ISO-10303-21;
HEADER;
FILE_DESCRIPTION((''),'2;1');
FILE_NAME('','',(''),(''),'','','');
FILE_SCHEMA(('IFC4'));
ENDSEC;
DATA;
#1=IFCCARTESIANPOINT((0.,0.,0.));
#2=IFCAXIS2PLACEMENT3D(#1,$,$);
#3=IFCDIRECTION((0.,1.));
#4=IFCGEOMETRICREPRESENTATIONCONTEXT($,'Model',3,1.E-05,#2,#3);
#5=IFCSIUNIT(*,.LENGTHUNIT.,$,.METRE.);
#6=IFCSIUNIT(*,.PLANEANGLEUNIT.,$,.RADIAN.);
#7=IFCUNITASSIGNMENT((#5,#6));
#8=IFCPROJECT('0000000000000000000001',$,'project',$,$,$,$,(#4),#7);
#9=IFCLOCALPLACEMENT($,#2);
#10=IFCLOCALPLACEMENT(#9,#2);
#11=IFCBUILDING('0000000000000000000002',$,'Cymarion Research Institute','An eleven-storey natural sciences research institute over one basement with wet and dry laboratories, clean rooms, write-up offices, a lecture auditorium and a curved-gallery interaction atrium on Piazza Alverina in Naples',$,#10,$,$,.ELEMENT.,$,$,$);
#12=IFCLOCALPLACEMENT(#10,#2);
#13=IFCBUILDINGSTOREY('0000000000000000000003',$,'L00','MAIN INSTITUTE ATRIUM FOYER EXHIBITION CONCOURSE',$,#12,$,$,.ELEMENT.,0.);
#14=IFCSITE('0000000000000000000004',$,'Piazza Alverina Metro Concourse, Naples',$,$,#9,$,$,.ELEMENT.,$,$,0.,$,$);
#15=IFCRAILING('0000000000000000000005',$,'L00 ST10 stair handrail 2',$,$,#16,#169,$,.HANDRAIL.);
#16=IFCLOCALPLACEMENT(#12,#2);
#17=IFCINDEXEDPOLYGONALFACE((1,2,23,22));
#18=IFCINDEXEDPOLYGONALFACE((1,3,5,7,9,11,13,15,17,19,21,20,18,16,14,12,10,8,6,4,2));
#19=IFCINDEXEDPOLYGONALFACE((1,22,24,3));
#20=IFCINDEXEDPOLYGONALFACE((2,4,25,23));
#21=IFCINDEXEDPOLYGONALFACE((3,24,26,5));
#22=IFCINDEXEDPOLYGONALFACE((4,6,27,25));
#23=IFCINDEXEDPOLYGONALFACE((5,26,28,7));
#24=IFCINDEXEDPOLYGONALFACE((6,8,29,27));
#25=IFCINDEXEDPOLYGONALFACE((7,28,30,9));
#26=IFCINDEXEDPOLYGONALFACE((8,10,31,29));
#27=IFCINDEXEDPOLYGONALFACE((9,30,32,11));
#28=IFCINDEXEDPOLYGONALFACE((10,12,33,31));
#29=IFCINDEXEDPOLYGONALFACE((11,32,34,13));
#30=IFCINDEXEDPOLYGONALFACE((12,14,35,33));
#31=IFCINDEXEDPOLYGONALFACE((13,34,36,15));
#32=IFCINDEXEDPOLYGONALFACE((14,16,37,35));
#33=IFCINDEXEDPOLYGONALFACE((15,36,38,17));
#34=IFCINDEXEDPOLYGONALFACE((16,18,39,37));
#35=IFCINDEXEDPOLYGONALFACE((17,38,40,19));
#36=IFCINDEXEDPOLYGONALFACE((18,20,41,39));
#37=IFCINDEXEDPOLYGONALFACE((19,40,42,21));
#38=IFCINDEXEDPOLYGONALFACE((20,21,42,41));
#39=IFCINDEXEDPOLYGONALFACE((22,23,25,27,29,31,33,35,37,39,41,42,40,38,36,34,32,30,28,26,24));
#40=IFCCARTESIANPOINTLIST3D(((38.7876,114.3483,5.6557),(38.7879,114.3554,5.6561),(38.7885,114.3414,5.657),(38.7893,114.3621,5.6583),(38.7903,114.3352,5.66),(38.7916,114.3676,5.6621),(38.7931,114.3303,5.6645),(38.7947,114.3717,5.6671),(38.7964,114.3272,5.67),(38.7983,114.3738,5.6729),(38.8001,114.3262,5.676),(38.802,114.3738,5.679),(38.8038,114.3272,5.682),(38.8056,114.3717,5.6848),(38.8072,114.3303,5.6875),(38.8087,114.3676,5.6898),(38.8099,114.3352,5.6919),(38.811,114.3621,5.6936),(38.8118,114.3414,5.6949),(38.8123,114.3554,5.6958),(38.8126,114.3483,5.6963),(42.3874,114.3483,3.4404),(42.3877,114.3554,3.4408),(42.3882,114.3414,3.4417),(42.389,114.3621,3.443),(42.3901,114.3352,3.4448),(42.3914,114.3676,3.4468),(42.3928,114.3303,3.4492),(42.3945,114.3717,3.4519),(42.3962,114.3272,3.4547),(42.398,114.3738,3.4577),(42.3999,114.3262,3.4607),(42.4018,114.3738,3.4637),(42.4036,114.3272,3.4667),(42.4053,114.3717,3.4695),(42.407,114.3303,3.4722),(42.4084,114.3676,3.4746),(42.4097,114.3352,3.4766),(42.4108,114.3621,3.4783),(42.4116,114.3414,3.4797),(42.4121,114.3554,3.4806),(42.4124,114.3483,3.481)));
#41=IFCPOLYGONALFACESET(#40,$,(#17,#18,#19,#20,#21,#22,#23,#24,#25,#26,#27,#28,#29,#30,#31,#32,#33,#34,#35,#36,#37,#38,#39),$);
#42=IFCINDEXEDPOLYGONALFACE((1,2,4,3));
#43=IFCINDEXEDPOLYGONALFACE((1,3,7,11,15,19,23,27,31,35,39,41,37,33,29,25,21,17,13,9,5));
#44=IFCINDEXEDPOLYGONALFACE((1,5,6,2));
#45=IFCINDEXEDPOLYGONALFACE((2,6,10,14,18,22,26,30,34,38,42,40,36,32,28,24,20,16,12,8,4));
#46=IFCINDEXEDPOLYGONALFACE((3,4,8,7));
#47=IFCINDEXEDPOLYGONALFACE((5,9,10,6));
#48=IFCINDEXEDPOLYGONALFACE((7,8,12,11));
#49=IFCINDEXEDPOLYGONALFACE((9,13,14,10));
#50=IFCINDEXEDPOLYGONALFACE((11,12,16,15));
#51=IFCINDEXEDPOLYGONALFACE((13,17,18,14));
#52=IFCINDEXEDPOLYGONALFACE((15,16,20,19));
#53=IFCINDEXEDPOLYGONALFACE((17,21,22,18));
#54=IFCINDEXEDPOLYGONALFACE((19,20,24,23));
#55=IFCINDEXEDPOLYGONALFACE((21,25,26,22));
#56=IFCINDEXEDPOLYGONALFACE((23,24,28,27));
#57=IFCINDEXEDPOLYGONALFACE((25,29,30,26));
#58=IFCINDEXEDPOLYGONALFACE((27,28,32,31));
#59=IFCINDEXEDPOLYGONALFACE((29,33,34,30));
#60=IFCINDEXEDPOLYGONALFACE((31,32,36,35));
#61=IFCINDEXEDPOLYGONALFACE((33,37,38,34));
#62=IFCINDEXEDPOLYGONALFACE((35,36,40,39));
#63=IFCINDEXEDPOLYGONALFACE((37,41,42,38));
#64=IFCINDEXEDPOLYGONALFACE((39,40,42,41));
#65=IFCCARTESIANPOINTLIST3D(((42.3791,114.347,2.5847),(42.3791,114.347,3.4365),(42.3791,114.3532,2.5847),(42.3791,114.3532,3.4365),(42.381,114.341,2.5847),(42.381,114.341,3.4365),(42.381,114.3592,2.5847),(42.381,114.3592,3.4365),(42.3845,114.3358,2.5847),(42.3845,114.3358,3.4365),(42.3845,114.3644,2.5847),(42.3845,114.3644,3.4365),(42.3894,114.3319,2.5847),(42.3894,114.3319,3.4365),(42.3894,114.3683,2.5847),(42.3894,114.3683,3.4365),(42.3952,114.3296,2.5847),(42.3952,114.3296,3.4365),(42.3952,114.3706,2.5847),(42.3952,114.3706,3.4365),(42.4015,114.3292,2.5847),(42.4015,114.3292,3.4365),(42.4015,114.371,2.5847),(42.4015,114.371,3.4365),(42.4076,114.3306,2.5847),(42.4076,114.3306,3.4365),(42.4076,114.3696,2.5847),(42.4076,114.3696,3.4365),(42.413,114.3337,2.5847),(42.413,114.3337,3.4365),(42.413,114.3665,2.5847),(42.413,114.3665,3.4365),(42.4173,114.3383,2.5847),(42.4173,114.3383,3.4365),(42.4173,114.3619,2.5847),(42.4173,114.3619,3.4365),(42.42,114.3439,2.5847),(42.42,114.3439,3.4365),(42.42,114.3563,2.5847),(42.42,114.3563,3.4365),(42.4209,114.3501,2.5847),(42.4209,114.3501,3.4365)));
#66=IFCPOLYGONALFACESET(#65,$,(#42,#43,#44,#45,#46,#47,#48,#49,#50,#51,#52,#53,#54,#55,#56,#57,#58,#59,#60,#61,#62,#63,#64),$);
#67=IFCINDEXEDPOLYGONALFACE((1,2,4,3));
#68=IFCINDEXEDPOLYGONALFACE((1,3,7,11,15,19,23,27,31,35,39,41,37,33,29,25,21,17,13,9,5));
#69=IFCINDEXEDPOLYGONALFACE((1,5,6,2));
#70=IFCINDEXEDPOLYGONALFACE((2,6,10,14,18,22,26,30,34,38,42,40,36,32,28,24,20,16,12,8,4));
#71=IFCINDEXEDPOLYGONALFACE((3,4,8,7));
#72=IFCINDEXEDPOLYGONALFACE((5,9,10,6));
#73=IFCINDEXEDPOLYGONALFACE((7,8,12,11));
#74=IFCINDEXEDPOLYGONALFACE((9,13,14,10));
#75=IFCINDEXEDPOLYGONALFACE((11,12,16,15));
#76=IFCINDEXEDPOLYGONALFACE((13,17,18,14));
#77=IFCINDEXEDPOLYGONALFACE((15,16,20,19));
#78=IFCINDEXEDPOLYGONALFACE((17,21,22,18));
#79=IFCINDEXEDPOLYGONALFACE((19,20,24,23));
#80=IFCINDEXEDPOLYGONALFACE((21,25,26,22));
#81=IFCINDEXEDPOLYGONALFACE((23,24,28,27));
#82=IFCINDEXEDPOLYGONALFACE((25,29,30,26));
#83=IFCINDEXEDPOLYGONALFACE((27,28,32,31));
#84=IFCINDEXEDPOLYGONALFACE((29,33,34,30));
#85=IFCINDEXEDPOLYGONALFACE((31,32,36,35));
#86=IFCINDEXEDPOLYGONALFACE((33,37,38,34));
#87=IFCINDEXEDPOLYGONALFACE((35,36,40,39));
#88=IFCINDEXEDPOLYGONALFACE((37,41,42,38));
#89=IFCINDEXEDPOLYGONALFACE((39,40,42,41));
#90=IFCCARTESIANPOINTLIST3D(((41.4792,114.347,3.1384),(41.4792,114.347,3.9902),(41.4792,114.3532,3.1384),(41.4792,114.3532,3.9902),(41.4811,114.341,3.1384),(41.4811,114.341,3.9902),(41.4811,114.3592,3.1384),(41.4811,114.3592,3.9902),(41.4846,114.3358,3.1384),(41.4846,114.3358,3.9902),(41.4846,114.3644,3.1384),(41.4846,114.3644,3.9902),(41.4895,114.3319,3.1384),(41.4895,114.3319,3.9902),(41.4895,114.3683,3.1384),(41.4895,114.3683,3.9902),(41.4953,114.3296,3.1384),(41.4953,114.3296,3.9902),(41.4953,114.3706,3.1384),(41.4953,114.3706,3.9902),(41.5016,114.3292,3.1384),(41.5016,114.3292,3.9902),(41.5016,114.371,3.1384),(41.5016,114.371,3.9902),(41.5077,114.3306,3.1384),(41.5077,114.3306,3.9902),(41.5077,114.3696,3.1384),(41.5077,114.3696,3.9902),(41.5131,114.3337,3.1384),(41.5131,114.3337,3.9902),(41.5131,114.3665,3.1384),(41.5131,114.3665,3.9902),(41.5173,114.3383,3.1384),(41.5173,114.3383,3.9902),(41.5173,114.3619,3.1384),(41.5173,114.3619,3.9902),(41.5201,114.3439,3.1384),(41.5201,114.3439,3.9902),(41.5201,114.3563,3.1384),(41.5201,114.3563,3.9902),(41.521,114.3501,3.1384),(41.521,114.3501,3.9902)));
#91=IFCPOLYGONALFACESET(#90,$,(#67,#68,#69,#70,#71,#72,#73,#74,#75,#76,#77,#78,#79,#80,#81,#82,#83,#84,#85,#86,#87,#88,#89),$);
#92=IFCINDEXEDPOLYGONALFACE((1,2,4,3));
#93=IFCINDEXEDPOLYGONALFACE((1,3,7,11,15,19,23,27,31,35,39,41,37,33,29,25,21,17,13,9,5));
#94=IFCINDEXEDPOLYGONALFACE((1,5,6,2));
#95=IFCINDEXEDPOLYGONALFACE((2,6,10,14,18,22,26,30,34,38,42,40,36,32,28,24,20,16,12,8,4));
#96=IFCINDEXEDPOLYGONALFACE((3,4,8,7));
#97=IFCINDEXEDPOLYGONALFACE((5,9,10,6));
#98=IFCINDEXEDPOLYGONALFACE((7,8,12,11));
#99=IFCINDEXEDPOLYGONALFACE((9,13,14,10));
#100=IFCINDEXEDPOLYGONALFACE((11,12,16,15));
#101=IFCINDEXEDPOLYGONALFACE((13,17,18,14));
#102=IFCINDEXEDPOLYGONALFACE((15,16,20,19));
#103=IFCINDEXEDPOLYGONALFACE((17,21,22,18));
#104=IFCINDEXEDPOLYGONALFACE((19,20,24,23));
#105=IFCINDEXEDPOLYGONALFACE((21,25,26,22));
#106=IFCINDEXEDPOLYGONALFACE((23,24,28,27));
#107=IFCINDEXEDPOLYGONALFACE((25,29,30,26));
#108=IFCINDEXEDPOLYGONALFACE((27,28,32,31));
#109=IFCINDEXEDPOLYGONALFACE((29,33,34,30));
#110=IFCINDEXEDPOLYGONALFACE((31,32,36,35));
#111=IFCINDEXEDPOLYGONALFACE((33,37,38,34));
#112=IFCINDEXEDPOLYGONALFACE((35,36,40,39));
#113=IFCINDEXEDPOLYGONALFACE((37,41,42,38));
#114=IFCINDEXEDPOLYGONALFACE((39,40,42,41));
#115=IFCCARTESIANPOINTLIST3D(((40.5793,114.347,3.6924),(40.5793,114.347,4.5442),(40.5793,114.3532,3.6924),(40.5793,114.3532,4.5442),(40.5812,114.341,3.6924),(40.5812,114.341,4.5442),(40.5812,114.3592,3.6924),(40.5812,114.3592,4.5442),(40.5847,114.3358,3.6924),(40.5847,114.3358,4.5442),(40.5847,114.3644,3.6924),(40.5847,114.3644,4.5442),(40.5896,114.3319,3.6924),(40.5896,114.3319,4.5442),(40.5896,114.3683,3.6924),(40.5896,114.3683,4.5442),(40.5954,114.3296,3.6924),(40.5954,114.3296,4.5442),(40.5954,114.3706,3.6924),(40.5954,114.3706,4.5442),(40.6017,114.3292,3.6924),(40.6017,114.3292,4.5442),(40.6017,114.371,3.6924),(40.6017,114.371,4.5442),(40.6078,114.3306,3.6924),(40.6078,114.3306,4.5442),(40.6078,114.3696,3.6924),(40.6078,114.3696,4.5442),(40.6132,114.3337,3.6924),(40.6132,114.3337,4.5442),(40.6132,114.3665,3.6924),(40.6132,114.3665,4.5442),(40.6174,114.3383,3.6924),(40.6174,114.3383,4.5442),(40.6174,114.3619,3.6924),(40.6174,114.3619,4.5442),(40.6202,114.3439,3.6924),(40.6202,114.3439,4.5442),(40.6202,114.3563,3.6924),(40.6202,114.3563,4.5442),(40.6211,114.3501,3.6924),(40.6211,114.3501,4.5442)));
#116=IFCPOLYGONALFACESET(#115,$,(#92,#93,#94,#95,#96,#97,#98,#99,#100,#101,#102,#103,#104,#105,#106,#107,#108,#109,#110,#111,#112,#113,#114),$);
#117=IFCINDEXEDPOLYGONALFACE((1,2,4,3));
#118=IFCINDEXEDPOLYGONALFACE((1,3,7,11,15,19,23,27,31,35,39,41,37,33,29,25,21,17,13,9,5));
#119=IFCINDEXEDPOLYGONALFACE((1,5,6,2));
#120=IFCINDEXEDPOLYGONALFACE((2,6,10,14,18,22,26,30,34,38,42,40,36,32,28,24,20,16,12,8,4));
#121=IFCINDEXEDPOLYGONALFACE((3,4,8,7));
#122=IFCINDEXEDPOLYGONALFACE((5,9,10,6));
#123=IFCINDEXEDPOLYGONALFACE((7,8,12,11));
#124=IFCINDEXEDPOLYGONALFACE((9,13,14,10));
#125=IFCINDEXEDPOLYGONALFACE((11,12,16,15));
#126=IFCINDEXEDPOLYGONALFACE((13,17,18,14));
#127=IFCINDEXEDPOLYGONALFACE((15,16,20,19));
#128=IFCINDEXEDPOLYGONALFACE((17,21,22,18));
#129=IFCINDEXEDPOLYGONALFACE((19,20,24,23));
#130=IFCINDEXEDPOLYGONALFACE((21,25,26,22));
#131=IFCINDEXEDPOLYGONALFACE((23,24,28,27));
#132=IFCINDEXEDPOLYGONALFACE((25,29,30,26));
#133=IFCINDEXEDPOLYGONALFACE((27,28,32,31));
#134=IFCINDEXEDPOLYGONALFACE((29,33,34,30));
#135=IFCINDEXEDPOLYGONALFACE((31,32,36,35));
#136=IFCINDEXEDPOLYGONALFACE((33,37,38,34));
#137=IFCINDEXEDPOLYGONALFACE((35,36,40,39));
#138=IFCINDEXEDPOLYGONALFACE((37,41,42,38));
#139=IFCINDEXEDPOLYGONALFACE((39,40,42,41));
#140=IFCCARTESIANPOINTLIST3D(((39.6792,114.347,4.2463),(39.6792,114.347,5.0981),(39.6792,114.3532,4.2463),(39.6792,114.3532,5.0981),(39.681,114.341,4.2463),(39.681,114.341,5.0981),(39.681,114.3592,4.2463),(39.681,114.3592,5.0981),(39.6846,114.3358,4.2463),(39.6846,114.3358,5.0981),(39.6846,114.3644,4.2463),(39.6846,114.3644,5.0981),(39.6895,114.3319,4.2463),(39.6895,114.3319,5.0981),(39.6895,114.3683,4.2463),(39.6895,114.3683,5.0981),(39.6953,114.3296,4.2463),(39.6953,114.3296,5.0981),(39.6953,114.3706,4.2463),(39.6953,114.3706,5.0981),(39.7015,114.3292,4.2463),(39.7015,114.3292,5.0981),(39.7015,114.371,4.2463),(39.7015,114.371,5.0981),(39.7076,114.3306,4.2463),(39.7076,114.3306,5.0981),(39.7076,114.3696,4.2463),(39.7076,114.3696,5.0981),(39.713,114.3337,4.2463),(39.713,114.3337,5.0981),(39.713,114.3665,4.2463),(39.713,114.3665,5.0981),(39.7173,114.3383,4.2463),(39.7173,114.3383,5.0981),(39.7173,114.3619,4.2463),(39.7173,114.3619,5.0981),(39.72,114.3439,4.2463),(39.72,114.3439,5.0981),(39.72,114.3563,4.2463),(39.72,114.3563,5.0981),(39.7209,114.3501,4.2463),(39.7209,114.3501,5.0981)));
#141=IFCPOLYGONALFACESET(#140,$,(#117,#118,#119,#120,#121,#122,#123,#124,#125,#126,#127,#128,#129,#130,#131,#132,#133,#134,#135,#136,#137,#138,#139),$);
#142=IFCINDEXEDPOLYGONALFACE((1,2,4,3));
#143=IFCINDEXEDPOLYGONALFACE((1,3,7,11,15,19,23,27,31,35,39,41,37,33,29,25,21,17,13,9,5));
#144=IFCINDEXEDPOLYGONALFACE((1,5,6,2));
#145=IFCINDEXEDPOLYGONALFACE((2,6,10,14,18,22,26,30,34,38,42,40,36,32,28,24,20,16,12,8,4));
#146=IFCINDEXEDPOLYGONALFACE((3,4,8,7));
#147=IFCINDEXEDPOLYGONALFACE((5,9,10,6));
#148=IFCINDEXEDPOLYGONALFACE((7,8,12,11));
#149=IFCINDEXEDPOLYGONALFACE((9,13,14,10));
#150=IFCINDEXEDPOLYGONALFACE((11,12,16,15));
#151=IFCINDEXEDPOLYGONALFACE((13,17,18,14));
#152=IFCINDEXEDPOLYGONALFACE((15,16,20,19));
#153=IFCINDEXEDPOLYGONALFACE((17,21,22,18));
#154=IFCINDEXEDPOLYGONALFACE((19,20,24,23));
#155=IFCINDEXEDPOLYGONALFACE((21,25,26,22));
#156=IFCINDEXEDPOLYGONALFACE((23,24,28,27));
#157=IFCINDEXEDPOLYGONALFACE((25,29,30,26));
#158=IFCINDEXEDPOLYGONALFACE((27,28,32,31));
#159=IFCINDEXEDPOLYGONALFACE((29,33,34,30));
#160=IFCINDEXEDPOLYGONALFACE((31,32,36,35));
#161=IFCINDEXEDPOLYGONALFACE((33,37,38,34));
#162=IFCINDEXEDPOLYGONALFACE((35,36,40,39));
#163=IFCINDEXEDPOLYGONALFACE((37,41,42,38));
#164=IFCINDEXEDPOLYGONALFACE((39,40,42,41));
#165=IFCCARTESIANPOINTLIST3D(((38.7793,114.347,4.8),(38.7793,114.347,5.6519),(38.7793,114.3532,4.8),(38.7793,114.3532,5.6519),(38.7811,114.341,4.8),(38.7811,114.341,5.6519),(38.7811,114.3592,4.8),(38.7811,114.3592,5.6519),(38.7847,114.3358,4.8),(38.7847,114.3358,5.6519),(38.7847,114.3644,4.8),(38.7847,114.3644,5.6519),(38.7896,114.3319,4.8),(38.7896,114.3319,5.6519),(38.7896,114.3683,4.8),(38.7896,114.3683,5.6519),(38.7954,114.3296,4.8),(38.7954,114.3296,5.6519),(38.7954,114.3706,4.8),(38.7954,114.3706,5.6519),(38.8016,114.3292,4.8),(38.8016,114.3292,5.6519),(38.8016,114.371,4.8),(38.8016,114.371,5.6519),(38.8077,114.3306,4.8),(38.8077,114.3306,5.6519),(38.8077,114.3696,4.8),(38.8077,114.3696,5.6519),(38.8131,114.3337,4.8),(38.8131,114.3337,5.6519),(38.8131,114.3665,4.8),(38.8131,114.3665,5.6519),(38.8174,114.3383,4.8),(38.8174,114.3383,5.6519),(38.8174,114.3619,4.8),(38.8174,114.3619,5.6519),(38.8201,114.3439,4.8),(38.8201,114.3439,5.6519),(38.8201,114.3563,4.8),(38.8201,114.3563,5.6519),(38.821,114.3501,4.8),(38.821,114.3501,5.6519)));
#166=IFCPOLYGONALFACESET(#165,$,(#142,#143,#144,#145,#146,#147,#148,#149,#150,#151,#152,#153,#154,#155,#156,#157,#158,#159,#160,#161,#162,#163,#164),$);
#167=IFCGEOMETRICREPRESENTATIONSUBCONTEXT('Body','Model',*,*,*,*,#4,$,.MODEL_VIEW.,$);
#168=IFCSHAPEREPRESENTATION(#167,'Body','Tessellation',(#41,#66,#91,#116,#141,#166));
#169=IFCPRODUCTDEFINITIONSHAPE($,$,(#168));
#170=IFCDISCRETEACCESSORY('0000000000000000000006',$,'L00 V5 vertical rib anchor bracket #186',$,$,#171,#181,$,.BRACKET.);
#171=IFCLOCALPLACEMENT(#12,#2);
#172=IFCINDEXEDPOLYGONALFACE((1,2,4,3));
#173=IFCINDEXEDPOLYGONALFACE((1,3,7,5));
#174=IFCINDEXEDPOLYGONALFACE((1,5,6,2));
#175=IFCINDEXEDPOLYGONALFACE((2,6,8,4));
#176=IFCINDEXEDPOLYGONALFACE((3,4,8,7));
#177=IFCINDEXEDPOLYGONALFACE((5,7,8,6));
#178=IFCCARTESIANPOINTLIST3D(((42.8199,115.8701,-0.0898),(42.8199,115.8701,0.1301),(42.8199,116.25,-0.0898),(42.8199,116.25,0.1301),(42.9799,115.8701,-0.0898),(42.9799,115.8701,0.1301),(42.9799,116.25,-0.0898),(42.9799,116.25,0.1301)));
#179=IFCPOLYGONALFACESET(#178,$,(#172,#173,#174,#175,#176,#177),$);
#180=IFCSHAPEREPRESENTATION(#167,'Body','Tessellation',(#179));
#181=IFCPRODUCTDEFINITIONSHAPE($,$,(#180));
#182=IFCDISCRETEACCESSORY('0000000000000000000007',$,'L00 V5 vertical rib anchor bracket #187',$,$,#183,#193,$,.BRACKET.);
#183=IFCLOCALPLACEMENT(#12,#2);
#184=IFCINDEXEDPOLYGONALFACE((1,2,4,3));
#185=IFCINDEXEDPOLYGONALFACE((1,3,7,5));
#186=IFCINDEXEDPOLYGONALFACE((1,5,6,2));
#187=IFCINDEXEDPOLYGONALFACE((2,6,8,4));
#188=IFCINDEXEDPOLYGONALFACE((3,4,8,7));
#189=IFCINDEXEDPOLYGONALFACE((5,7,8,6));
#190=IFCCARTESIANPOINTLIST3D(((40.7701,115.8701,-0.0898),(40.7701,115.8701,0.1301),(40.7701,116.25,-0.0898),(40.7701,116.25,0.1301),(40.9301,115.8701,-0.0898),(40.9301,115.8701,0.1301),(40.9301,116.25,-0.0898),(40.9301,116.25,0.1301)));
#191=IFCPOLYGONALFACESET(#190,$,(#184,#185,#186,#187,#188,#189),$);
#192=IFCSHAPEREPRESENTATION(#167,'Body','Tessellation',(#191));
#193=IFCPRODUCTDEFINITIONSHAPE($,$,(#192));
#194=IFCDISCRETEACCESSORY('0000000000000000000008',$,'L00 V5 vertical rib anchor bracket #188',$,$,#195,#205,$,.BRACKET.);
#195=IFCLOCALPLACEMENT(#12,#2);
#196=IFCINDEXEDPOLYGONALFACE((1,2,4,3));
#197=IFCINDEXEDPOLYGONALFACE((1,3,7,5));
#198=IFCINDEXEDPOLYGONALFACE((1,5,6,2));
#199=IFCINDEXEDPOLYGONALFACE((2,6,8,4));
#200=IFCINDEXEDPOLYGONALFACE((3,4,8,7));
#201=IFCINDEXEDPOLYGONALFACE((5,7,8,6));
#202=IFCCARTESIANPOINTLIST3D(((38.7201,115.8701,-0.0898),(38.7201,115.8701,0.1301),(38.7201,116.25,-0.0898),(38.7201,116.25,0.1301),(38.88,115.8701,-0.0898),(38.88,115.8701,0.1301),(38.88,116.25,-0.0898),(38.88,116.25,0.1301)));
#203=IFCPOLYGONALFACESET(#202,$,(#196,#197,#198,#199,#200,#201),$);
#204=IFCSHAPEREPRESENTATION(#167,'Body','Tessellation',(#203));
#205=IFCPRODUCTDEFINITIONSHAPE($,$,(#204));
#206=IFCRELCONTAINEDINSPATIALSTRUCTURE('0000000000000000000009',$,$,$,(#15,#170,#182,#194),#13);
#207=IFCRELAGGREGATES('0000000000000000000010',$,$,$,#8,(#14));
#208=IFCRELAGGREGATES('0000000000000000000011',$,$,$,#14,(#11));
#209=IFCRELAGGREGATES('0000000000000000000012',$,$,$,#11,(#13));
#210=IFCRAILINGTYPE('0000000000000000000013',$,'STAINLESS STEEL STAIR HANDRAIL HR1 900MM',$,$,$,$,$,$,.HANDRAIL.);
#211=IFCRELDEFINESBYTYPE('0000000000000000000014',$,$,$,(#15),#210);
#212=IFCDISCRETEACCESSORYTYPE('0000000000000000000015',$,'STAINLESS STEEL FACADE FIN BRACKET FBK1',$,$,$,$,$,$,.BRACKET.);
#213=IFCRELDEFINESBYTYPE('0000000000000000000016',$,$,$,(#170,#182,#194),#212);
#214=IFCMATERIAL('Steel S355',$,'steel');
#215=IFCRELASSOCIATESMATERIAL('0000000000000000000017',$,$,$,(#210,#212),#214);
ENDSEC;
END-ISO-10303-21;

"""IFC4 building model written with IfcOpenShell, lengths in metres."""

from ifc_helpers import new_model, si_unit, direction, frame, origin, origin_2d, place, context, subcontext, project, spatial, rectangle, circle, extrude, material, type_object, element, save


model = new_model("IFC4")

# Units and contexts
model_context = context("Model", 3, precision=1e-05, world=origin(), true_north=direction((0.0, 1.0)))
body_context = subcontext(model_context, "Body", "Model", "MODEL_VIEW")
ifc_project = project(units=[si_unit("LENGTHUNIT", "METRE"), si_unit("PLANEANGLEUNIT", "RADIAN")], contexts=[model_context])

# Site, building, storey
site_placement = place(None, origin())
site = spatial("IfcSite", under=ifc_project, at=site_placement, Name="Piazza Alverina Metro Concourse, Naples", CompositionType="ELEMENT", RefElevation=0.0)
building_placement = place(site_placement, origin())
building = spatial("IfcBuilding", under=site, at=building_placement, Name="Cymarion Research Institute", Description="An eleven-storey natural sciences research institute over one basement with wet and dry laboratories, clean rooms, write-up offices, a lecture auditorium and a curved-gallery interaction atrium on Piazza Alverina in Naples", CompositionType="ELEMENT")
storey_placement = place(building_placement, origin())
storey = spatial("IfcBuildingStorey", under=building, at=storey_placement, Name="L00", Description="MAIN INSTITUTE ATRIUM FOYER EXHIBITION CONCOURSE", CompositionType="ELEMENT", Elevation=0.0)

# Shared definitions
ifc_material_1 = material(Name="Steel S355", Category="steel")

# Railing
railing_type_1 = type_object("IfcRailingType", Name="STAINLESS STEEL STAIR HANDRAIL HR1 900MM", PredefinedType="HANDRAIL", material=ifc_material_1)
railing_1_placement = place(storey_placement, frame((42.3999, 114.3501, 2.5847)))
element("IfcRailing", 1, at=railing_1_placement, inside=storey, type_object=railing_type_1, Name="L00 ST10 stair handrail 2", PredefinedType="HANDRAIL", context=body_context, shape_type="SweptSolid", body=[
    extrude(circle(Radius=0.0239, at=origin_2d()), frame((0.0, 0.0, 0.876), z_axis=(-0.851654, 0.0, 0.524104), x_axis=(0.0, -1.0, 0.0)), (0.0, 0.0, 1.0), 4.2268),
    extrude(circle(Radius=0.021, at=origin_2d()), origin(), (0.0, 0.0, 1.0), 0.8518),
    extrude(circle(Radius=0.021, at=origin_2d()), frame((-0.8999, 0.0, 0.5537)), (0.0, 0.0, 1.0), 0.8518),
    extrude(circle(Radius=0.021, at=origin_2d()), frame((-1.7998, 0.0, 1.1077)), (0.0, 0.0, 1.0), 0.8518),
    extrude(circle(Radius=0.021, at=origin_2d()), frame((-2.7, 0.0, 1.6616)), (0.0, 0.0, 1.0), 0.8518),
    extrude(circle(Radius=0.021, at=origin_2d()), frame((-3.5999, 0.0, 2.2153)), (0.0, 0.0, 1.0), 0.8518),
])

# Discrete accessories
discrete_accessory_type = type_object("IfcDiscreteAccessoryType", Name="STAINLESS STEEL FACADE FIN BRACKET FBK1", PredefinedType="BRACKET", material=ifc_material_1)
for number, where, z_axis, x_axis, name in (
    (2, (42.8999, 116.0601, -0.0898), (0.0, 0.0, 1.0), (0.0, 1.0, 0.0), "L00 V5 vertical rib anchor bracket #186"),
    (3, (40.8501, 116.0601, -0.0898), (0.0, 0.0, 1.0), (0.0, 1.0, 0.0), "L00 V5 vertical rib anchor bracket #187"),
    (4, (38.8, 116.0601, -0.0898), (0.0, 0.0, 1.0), (0.0, 1.0, 0.0), "L00 V5 vertical rib anchor bracket #188"),
):
    element("IfcDiscreteAccessory", number, at=place(storey_placement, frame(where, z_axis=z_axis, x_axis=x_axis)), inside=storey, type_object=discrete_accessory_type, Name=name, PredefinedType="BRACKET", context=body_context, shape_type="SweptSolid", body=[
        extrude(rectangle(XDim=0.3799, YDim=0.1599, at=origin_2d()), origin(), (0.0, 0.0, 1.0), 0.22),
    ])

save(model, "model.ifc")
